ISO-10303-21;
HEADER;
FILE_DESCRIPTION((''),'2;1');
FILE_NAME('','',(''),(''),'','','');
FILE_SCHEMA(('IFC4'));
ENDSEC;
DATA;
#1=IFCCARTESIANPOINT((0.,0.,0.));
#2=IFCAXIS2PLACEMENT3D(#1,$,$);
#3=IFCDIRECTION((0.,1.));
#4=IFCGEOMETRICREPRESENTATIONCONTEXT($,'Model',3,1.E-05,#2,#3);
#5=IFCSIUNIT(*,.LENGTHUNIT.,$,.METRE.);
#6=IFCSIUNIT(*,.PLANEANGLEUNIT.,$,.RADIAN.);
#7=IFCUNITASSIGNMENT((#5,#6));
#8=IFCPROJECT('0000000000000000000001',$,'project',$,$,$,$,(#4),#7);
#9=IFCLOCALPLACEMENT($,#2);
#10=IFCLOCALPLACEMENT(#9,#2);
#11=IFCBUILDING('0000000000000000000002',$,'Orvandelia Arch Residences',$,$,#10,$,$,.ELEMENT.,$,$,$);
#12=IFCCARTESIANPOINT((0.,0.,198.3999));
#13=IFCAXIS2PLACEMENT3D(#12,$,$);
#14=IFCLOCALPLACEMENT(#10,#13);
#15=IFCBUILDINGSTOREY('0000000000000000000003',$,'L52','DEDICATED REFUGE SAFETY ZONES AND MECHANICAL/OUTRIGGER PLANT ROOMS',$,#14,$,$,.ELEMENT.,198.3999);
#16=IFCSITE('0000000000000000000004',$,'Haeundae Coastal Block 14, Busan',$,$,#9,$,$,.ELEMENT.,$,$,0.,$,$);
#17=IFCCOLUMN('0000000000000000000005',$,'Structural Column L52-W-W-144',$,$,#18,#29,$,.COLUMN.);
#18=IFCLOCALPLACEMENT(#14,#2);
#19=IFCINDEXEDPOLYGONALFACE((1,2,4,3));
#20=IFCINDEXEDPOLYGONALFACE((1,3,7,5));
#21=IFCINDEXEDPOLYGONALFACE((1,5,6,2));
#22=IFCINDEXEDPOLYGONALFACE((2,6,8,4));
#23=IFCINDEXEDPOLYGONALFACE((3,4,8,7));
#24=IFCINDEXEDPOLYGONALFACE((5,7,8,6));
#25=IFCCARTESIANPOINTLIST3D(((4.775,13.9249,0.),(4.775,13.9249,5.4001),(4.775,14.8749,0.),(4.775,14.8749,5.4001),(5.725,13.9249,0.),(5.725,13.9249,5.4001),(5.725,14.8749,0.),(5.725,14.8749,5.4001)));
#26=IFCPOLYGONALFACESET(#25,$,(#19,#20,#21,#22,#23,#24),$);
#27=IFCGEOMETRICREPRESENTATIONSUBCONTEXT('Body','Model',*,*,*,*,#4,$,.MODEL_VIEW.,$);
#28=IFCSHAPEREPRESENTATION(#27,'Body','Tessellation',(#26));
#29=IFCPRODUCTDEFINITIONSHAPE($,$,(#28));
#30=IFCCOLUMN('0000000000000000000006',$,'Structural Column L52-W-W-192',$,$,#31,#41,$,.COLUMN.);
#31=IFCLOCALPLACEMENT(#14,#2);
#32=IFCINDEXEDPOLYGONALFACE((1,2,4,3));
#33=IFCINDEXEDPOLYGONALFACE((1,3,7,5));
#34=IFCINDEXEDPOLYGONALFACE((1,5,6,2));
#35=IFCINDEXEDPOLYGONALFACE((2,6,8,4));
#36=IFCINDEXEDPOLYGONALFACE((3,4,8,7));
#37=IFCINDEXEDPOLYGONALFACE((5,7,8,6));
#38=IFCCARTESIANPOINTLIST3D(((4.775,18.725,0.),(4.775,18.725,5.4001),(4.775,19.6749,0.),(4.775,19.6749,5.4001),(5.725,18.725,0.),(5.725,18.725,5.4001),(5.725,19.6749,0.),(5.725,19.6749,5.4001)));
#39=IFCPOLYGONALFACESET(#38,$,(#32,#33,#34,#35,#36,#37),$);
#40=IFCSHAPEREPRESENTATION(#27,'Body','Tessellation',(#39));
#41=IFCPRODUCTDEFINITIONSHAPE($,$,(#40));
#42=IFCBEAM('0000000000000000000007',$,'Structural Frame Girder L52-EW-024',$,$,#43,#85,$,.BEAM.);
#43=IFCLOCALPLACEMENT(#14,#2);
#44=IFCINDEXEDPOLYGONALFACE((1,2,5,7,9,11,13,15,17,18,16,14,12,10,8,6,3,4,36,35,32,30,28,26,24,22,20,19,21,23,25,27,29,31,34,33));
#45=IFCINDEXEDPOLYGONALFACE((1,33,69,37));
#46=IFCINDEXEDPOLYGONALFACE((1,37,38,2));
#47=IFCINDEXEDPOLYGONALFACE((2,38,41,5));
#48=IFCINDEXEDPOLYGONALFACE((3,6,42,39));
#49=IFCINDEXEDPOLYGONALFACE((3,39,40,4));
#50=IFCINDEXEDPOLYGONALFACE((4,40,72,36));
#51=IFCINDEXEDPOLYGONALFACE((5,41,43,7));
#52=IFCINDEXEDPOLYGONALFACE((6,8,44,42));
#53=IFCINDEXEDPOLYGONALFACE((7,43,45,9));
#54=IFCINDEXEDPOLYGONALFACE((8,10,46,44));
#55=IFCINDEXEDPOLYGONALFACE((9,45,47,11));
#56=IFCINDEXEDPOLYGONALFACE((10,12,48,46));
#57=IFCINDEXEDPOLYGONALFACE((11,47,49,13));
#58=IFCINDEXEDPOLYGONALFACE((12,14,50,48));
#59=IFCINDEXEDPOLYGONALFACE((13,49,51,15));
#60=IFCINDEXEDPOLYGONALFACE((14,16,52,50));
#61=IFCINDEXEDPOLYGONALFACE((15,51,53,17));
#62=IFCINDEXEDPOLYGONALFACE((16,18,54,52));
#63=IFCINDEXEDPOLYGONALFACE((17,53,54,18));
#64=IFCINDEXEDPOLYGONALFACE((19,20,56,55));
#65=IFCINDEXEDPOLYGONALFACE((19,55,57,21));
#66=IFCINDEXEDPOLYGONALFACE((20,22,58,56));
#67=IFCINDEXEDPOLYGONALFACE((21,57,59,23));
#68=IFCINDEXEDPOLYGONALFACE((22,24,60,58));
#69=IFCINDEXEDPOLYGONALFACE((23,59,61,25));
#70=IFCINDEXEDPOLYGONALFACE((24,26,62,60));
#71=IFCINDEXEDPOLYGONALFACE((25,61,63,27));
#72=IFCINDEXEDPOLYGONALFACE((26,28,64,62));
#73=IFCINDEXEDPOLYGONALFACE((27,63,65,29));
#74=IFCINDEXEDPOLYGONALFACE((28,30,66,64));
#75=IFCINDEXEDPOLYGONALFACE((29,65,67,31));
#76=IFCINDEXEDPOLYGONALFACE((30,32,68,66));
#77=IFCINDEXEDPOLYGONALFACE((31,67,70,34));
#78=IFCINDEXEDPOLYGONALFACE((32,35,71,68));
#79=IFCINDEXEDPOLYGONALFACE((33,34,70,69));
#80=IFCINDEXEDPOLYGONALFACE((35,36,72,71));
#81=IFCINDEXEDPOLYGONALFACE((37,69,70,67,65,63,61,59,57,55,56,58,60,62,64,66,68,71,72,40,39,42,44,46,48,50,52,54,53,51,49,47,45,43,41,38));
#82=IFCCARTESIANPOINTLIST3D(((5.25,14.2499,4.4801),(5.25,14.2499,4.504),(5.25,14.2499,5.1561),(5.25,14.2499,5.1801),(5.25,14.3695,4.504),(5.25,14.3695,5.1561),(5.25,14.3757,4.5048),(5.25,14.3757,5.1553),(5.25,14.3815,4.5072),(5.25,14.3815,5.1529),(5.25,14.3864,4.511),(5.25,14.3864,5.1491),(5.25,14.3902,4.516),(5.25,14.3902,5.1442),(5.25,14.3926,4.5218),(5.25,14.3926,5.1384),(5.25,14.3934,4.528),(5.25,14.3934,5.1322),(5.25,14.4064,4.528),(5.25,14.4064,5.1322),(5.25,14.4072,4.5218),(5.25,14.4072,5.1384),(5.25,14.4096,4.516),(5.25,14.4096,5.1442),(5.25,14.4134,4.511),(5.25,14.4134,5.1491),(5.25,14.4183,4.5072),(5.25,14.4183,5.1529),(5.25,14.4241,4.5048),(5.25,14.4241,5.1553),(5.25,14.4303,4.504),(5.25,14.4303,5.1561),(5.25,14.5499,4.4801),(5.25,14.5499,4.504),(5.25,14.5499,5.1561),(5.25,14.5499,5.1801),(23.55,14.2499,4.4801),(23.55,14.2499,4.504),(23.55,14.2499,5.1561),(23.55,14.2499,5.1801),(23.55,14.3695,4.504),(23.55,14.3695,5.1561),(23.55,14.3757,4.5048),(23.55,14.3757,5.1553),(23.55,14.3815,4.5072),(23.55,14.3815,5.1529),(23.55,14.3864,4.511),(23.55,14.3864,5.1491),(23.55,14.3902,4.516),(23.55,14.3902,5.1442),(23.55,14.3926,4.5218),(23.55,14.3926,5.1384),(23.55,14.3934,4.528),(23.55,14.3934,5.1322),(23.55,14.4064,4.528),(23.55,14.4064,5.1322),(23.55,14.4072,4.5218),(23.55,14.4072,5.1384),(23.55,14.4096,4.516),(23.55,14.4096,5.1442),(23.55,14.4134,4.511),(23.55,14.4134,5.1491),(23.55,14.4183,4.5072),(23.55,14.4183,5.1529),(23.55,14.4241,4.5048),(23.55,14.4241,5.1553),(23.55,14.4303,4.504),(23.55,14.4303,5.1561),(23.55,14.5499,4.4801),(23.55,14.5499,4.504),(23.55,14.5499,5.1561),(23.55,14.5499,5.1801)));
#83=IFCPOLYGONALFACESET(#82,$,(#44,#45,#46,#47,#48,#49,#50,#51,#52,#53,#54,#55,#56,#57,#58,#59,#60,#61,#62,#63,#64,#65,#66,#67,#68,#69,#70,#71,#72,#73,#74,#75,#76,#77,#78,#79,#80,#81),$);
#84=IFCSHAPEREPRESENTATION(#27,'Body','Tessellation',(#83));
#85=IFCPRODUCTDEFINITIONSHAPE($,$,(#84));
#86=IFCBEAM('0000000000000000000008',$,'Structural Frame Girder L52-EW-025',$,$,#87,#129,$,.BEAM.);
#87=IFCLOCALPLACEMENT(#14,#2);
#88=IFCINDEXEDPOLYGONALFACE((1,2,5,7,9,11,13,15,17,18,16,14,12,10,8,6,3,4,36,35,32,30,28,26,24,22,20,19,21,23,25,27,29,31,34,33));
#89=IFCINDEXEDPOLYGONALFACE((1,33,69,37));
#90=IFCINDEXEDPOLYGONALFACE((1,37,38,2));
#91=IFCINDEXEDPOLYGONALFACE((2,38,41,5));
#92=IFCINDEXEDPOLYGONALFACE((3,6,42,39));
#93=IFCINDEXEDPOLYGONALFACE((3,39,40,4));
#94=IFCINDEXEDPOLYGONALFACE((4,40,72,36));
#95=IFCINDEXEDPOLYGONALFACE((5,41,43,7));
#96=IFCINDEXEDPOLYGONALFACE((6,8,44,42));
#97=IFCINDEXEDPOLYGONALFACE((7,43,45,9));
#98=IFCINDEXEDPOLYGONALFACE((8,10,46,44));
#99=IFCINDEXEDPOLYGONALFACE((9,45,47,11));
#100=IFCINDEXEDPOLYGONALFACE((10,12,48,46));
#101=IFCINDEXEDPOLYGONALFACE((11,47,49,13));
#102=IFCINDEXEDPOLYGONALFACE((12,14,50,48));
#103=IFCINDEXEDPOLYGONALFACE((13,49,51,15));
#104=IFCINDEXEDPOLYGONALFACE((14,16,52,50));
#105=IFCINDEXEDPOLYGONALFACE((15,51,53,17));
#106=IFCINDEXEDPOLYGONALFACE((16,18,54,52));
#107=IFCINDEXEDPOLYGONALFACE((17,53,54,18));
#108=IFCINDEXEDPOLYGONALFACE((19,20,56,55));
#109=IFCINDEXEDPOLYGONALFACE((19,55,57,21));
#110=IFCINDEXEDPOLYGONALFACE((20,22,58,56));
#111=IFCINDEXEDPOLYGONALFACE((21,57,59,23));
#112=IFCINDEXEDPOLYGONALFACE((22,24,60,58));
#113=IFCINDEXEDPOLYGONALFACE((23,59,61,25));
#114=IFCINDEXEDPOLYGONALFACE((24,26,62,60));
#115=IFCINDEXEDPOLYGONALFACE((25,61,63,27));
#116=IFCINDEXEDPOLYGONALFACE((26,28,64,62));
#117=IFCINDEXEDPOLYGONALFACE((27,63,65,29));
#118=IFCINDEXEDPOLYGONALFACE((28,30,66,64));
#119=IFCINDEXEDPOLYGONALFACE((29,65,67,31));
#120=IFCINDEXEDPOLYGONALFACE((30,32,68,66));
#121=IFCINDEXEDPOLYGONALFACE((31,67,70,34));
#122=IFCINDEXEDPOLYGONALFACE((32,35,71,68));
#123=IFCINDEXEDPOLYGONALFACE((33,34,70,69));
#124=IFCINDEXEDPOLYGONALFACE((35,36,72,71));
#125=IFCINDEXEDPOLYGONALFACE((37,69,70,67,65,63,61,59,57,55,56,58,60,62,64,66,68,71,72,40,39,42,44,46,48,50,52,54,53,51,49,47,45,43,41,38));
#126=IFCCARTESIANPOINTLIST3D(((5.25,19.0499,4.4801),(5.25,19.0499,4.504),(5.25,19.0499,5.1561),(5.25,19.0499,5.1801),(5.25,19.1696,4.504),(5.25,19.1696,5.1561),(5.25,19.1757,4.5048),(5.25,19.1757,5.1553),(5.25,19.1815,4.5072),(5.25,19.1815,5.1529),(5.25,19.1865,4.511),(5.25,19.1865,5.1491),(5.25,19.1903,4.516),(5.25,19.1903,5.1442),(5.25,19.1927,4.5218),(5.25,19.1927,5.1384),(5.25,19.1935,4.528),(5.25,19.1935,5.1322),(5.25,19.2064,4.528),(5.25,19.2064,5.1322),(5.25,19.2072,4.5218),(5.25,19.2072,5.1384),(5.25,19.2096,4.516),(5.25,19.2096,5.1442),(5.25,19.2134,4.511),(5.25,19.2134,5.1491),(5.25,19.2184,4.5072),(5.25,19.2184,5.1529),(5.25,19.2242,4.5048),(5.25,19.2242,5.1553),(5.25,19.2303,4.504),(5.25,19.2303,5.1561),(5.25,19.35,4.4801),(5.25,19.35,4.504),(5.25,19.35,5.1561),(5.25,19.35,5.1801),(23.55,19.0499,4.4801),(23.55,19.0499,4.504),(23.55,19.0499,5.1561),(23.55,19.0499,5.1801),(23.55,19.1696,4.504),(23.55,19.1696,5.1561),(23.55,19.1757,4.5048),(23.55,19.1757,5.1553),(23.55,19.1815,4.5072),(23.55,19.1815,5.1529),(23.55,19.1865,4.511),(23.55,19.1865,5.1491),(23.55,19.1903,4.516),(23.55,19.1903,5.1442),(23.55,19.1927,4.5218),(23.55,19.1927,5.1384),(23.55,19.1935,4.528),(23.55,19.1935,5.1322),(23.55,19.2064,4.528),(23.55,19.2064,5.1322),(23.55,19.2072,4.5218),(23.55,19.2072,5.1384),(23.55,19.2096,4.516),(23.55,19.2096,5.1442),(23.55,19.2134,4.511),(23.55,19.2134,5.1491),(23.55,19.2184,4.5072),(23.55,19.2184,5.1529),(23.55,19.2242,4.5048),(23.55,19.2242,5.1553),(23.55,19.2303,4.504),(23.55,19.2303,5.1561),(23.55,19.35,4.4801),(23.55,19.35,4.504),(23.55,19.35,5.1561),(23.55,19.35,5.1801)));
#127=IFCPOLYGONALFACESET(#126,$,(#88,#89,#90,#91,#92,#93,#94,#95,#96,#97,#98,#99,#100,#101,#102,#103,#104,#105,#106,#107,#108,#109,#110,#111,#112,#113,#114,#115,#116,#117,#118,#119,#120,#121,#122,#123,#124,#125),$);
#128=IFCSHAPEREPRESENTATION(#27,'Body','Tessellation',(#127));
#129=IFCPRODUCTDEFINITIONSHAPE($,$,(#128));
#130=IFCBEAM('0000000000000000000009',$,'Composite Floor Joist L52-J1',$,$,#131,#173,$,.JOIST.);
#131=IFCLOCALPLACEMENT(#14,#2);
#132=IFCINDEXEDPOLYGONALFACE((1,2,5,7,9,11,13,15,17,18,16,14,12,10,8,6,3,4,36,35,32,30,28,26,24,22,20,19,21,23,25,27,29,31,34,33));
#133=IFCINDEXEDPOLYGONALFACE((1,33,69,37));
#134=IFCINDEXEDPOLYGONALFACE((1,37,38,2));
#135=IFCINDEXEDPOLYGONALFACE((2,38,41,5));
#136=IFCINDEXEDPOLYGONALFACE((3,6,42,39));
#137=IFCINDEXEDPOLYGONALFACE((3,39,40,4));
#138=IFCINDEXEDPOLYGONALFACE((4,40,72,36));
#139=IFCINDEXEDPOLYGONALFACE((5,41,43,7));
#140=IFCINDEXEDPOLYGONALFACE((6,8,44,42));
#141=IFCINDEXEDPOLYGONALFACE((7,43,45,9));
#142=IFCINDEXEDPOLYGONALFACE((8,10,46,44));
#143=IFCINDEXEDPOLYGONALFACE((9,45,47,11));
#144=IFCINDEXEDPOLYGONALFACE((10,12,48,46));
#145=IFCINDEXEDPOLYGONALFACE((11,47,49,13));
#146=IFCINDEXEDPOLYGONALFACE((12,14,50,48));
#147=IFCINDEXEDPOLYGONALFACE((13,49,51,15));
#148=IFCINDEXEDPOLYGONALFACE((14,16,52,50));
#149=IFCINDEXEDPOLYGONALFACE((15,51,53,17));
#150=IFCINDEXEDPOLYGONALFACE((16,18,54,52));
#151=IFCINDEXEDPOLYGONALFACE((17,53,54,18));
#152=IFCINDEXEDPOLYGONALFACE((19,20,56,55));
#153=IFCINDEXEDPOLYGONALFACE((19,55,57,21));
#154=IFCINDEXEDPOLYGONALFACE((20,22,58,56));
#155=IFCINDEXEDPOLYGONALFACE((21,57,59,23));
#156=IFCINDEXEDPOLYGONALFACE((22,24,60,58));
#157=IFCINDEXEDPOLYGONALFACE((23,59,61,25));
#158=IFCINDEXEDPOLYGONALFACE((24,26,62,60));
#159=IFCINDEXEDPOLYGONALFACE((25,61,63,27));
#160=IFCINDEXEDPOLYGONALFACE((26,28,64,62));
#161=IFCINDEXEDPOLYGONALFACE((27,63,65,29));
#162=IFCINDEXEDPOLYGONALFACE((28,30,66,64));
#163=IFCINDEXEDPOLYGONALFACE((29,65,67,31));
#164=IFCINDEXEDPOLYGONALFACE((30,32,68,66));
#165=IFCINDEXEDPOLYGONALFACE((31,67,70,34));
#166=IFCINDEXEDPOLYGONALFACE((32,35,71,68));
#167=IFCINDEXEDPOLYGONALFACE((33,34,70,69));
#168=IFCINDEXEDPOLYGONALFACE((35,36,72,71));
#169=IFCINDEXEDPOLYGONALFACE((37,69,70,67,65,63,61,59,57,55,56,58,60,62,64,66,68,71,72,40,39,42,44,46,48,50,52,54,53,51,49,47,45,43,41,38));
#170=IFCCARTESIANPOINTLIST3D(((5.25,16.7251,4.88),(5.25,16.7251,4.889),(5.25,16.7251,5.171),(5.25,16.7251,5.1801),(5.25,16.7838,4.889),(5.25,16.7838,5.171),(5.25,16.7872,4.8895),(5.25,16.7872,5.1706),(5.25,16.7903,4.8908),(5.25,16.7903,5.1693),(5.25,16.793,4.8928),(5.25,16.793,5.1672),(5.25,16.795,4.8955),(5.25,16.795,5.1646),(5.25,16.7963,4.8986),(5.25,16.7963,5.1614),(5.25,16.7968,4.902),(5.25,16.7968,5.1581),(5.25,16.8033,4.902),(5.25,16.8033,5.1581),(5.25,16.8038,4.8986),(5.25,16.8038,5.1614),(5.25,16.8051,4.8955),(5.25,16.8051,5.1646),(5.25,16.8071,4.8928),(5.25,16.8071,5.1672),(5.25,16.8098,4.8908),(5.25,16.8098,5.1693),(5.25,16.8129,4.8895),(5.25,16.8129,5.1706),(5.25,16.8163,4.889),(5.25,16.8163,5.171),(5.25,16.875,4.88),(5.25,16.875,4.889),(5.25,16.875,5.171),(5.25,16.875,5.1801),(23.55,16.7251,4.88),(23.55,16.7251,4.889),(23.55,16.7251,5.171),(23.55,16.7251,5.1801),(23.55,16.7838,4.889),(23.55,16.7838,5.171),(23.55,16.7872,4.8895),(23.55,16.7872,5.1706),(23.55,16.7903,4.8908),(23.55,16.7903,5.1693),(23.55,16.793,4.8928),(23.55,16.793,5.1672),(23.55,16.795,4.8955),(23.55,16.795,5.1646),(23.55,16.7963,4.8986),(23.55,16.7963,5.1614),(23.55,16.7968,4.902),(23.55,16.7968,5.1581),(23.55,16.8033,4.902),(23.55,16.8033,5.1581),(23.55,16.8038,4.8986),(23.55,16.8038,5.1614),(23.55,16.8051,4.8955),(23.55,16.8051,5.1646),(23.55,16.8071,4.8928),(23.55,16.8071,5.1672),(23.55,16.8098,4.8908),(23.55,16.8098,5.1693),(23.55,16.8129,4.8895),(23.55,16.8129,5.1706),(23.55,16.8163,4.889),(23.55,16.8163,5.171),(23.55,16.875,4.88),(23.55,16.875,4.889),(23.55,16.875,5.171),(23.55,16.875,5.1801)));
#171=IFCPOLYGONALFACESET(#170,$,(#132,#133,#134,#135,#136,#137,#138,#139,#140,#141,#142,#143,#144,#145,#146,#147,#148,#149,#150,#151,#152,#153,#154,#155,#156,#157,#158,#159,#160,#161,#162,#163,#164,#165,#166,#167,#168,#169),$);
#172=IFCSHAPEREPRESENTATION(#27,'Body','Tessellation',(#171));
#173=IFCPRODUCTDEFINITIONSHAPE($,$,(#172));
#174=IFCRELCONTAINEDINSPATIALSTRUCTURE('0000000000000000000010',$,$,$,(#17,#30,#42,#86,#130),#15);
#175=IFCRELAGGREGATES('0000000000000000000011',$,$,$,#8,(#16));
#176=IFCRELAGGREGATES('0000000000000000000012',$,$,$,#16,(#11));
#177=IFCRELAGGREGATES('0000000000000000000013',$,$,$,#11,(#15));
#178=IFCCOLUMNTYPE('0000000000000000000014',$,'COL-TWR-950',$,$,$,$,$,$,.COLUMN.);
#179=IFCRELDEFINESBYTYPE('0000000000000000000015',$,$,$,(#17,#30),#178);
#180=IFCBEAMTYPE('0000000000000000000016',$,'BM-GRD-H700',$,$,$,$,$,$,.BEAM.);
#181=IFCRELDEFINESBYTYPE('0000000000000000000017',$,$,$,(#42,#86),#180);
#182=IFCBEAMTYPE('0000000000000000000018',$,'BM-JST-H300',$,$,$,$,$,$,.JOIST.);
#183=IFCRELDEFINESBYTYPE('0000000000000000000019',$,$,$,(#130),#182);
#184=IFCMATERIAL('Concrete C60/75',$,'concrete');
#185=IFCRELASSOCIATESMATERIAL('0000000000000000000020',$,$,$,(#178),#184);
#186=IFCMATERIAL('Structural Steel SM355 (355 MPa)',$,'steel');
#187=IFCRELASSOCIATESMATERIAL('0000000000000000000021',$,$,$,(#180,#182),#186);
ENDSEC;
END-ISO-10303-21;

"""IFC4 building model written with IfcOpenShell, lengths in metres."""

from ifc_helpers import new_model, si_unit, direction, frame, origin, origin_2d, place, context, subcontext, project, spatial, rectangle, i_section, extrude, material, material_profile, profile_set, type_object, element, save


model = new_model("IFC4")

# Units and contexts
model_context = context("Model", 3, precision=1e-05, world=origin(), true_north=direction((0.0, 1.0)))
body_context = subcontext(model_context, "Body", "Model", "MODEL_VIEW")
ifc_project = project(units=[si_unit("LENGTHUNIT", "METRE"), si_unit("PLANEANGLEUNIT", "RADIAN")], contexts=[model_context])

# Site, building, storey
site_placement = place(None, origin())
site = spatial("IfcSite", under=ifc_project, at=site_placement, Name="Haeundae Coastal Block 14, Busan", CompositionType="ELEMENT", RefElevation=0.0)
building_placement = place(site_placement, origin())
building = spatial("IfcBuilding", under=site, at=building_placement, Name="Orvandelia Arch Residences", CompositionType="ELEMENT")
storey_placement = place(building_placement, frame((0.0, 0.0, 198.3999)))
storey = spatial("IfcBuildingStorey", under=building, at=storey_placement, Name="L52", Description="DEDICATED REFUGE SAFETY ZONES AND MECHANICAL/OUTRIGGER PLANT ROOMS", CompositionType="ELEMENT", Elevation=198.3999)

# Columns
ifc_material_1 = material(Name="Concrete C60/75", Category="concrete")
ifc_material_profile_1 = material_profile(ifc_material_1, rectangle(XDim=0.95, YDim=0.95, at=origin_2d()), Name="Concrete C60/75", Category="concrete")
ifc_profile_set_1 = profile_set([ifc_material_profile_1], Name="Concrete C60/75")
column_type = type_object("IfcColumnType", Name="COL-TWR-950", PredefinedType="COLUMN", material=ifc_profile_set_1)
for number, where, z_axis, x_axis, name in (
    (1, (5.25, 14.3999, 0.0), (0.0, 0.0, 1.0), (1.0, 0.0, 0.0), "Structural Column L52-W-W-144"),
    (2, (5.25, 19.2, 0.0), (0.0, 0.0, 1.0), (1.0, 0.0, 0.0), "Structural Column L52-W-W-192"),
):
    element("IfcColumn", number, at=place(storey_placement, frame(where, z_axis=z_axis, x_axis=x_axis)), inside=storey, type_object=column_type, Name=name, PredefinedType="COLUMN", context=body_context, shape_type="SweptSolid", body=[
        extrude(rectangle(XDim=0.95, YDim=0.95, at=origin_2d()), origin(), (0.0, 0.0, 1.0), 5.4001),
    ])

# Beams
ifc_material_2 = material(Name="Structural Steel SM355 (355 MPa)", Category="steel")
ifc_material_profile_2 = material_profile(ifc_material_2, i_section(OverallWidth=0.3, OverallDepth=0.7, WebThickness=0.0129, FlangeThickness=0.0239, FilletRadius=0.0239, at=origin_2d()), Name="Structural Steel SM355 (355 MPa)", Category="steel")
ifc_profile_set_2 = profile_set([ifc_material_profile_2], Name="Structural Steel SM355 (355 MPa)")
beam_type_1 = type_object("IfcBeamType", Name="BM-GRD-H700", PredefinedType="BEAM", material=ifc_profile_set_2)
for number, where, z_axis, x_axis, name in (
    (3, (5.25, 14.3999, 4.8301), (1.0, 0.0, 0.0), (0.0, 1.0, 0.0), "Structural Frame Girder L52-EW-024"),
    (4, (5.25, 19.2, 4.8301), (1.0, 0.0, 0.0), (0.0, 1.0, 0.0), "Structural Frame Girder L52-EW-025"),
):
    element("IfcBeam", number, at=place(storey_placement, frame(where, z_axis=z_axis, x_axis=x_axis)), inside=storey, type_object=beam_type_1, Name=name, PredefinedType="BEAM", context=body_context, shape_type="SweptSolid", body=[
        extrude(i_section(OverallWidth=0.3, OverallDepth=0.7, WebThickness=0.0129, FlangeThickness=0.0239, FilletRadius=0.0239, at=origin_2d()), origin(), (0.0, 0.0, 1.0), 18.3),
    ])
ifc_material_profile_3 = material_profile(ifc_material_2, i_section(OverallWidth=0.1499, OverallDepth=0.3, WebThickness=0.0066, FlangeThickness=0.009, FilletRadius=0.0129, at=origin_2d()), Name="Structural Steel SM355 (355 MPa)", Category="steel")
ifc_profile_set_3 = profile_set([ifc_material_profile_3], Name="Structural Steel SM355 (355 MPa)")
beam_type_2 = type_object("IfcBeamType", Name="BM-JST-H300", PredefinedType="JOIST", material=ifc_profile_set_3)
beam_placement = place(storey_placement, frame((5.25, 16.8, 5.03), z_axis=(1.0, 0.0, 0.0), x_axis=(0.0, 1.0, 0.0)))
element("IfcBeam", 5, at=beam_placement, inside=storey, type_object=beam_type_2, Name="Composite Floor Joist L52-J1", PredefinedType="JOIST", context=body_context, shape_type="SweptSolid", body=[
    extrude(i_section(OverallWidth=0.1499, OverallDepth=0.3, WebThickness=0.0066, FlangeThickness=0.009, FilletRadius=0.0129, at=origin_2d()), origin(), (0.0, 0.0, 1.0), 18.3),
])

save(model, "model.ifc")
